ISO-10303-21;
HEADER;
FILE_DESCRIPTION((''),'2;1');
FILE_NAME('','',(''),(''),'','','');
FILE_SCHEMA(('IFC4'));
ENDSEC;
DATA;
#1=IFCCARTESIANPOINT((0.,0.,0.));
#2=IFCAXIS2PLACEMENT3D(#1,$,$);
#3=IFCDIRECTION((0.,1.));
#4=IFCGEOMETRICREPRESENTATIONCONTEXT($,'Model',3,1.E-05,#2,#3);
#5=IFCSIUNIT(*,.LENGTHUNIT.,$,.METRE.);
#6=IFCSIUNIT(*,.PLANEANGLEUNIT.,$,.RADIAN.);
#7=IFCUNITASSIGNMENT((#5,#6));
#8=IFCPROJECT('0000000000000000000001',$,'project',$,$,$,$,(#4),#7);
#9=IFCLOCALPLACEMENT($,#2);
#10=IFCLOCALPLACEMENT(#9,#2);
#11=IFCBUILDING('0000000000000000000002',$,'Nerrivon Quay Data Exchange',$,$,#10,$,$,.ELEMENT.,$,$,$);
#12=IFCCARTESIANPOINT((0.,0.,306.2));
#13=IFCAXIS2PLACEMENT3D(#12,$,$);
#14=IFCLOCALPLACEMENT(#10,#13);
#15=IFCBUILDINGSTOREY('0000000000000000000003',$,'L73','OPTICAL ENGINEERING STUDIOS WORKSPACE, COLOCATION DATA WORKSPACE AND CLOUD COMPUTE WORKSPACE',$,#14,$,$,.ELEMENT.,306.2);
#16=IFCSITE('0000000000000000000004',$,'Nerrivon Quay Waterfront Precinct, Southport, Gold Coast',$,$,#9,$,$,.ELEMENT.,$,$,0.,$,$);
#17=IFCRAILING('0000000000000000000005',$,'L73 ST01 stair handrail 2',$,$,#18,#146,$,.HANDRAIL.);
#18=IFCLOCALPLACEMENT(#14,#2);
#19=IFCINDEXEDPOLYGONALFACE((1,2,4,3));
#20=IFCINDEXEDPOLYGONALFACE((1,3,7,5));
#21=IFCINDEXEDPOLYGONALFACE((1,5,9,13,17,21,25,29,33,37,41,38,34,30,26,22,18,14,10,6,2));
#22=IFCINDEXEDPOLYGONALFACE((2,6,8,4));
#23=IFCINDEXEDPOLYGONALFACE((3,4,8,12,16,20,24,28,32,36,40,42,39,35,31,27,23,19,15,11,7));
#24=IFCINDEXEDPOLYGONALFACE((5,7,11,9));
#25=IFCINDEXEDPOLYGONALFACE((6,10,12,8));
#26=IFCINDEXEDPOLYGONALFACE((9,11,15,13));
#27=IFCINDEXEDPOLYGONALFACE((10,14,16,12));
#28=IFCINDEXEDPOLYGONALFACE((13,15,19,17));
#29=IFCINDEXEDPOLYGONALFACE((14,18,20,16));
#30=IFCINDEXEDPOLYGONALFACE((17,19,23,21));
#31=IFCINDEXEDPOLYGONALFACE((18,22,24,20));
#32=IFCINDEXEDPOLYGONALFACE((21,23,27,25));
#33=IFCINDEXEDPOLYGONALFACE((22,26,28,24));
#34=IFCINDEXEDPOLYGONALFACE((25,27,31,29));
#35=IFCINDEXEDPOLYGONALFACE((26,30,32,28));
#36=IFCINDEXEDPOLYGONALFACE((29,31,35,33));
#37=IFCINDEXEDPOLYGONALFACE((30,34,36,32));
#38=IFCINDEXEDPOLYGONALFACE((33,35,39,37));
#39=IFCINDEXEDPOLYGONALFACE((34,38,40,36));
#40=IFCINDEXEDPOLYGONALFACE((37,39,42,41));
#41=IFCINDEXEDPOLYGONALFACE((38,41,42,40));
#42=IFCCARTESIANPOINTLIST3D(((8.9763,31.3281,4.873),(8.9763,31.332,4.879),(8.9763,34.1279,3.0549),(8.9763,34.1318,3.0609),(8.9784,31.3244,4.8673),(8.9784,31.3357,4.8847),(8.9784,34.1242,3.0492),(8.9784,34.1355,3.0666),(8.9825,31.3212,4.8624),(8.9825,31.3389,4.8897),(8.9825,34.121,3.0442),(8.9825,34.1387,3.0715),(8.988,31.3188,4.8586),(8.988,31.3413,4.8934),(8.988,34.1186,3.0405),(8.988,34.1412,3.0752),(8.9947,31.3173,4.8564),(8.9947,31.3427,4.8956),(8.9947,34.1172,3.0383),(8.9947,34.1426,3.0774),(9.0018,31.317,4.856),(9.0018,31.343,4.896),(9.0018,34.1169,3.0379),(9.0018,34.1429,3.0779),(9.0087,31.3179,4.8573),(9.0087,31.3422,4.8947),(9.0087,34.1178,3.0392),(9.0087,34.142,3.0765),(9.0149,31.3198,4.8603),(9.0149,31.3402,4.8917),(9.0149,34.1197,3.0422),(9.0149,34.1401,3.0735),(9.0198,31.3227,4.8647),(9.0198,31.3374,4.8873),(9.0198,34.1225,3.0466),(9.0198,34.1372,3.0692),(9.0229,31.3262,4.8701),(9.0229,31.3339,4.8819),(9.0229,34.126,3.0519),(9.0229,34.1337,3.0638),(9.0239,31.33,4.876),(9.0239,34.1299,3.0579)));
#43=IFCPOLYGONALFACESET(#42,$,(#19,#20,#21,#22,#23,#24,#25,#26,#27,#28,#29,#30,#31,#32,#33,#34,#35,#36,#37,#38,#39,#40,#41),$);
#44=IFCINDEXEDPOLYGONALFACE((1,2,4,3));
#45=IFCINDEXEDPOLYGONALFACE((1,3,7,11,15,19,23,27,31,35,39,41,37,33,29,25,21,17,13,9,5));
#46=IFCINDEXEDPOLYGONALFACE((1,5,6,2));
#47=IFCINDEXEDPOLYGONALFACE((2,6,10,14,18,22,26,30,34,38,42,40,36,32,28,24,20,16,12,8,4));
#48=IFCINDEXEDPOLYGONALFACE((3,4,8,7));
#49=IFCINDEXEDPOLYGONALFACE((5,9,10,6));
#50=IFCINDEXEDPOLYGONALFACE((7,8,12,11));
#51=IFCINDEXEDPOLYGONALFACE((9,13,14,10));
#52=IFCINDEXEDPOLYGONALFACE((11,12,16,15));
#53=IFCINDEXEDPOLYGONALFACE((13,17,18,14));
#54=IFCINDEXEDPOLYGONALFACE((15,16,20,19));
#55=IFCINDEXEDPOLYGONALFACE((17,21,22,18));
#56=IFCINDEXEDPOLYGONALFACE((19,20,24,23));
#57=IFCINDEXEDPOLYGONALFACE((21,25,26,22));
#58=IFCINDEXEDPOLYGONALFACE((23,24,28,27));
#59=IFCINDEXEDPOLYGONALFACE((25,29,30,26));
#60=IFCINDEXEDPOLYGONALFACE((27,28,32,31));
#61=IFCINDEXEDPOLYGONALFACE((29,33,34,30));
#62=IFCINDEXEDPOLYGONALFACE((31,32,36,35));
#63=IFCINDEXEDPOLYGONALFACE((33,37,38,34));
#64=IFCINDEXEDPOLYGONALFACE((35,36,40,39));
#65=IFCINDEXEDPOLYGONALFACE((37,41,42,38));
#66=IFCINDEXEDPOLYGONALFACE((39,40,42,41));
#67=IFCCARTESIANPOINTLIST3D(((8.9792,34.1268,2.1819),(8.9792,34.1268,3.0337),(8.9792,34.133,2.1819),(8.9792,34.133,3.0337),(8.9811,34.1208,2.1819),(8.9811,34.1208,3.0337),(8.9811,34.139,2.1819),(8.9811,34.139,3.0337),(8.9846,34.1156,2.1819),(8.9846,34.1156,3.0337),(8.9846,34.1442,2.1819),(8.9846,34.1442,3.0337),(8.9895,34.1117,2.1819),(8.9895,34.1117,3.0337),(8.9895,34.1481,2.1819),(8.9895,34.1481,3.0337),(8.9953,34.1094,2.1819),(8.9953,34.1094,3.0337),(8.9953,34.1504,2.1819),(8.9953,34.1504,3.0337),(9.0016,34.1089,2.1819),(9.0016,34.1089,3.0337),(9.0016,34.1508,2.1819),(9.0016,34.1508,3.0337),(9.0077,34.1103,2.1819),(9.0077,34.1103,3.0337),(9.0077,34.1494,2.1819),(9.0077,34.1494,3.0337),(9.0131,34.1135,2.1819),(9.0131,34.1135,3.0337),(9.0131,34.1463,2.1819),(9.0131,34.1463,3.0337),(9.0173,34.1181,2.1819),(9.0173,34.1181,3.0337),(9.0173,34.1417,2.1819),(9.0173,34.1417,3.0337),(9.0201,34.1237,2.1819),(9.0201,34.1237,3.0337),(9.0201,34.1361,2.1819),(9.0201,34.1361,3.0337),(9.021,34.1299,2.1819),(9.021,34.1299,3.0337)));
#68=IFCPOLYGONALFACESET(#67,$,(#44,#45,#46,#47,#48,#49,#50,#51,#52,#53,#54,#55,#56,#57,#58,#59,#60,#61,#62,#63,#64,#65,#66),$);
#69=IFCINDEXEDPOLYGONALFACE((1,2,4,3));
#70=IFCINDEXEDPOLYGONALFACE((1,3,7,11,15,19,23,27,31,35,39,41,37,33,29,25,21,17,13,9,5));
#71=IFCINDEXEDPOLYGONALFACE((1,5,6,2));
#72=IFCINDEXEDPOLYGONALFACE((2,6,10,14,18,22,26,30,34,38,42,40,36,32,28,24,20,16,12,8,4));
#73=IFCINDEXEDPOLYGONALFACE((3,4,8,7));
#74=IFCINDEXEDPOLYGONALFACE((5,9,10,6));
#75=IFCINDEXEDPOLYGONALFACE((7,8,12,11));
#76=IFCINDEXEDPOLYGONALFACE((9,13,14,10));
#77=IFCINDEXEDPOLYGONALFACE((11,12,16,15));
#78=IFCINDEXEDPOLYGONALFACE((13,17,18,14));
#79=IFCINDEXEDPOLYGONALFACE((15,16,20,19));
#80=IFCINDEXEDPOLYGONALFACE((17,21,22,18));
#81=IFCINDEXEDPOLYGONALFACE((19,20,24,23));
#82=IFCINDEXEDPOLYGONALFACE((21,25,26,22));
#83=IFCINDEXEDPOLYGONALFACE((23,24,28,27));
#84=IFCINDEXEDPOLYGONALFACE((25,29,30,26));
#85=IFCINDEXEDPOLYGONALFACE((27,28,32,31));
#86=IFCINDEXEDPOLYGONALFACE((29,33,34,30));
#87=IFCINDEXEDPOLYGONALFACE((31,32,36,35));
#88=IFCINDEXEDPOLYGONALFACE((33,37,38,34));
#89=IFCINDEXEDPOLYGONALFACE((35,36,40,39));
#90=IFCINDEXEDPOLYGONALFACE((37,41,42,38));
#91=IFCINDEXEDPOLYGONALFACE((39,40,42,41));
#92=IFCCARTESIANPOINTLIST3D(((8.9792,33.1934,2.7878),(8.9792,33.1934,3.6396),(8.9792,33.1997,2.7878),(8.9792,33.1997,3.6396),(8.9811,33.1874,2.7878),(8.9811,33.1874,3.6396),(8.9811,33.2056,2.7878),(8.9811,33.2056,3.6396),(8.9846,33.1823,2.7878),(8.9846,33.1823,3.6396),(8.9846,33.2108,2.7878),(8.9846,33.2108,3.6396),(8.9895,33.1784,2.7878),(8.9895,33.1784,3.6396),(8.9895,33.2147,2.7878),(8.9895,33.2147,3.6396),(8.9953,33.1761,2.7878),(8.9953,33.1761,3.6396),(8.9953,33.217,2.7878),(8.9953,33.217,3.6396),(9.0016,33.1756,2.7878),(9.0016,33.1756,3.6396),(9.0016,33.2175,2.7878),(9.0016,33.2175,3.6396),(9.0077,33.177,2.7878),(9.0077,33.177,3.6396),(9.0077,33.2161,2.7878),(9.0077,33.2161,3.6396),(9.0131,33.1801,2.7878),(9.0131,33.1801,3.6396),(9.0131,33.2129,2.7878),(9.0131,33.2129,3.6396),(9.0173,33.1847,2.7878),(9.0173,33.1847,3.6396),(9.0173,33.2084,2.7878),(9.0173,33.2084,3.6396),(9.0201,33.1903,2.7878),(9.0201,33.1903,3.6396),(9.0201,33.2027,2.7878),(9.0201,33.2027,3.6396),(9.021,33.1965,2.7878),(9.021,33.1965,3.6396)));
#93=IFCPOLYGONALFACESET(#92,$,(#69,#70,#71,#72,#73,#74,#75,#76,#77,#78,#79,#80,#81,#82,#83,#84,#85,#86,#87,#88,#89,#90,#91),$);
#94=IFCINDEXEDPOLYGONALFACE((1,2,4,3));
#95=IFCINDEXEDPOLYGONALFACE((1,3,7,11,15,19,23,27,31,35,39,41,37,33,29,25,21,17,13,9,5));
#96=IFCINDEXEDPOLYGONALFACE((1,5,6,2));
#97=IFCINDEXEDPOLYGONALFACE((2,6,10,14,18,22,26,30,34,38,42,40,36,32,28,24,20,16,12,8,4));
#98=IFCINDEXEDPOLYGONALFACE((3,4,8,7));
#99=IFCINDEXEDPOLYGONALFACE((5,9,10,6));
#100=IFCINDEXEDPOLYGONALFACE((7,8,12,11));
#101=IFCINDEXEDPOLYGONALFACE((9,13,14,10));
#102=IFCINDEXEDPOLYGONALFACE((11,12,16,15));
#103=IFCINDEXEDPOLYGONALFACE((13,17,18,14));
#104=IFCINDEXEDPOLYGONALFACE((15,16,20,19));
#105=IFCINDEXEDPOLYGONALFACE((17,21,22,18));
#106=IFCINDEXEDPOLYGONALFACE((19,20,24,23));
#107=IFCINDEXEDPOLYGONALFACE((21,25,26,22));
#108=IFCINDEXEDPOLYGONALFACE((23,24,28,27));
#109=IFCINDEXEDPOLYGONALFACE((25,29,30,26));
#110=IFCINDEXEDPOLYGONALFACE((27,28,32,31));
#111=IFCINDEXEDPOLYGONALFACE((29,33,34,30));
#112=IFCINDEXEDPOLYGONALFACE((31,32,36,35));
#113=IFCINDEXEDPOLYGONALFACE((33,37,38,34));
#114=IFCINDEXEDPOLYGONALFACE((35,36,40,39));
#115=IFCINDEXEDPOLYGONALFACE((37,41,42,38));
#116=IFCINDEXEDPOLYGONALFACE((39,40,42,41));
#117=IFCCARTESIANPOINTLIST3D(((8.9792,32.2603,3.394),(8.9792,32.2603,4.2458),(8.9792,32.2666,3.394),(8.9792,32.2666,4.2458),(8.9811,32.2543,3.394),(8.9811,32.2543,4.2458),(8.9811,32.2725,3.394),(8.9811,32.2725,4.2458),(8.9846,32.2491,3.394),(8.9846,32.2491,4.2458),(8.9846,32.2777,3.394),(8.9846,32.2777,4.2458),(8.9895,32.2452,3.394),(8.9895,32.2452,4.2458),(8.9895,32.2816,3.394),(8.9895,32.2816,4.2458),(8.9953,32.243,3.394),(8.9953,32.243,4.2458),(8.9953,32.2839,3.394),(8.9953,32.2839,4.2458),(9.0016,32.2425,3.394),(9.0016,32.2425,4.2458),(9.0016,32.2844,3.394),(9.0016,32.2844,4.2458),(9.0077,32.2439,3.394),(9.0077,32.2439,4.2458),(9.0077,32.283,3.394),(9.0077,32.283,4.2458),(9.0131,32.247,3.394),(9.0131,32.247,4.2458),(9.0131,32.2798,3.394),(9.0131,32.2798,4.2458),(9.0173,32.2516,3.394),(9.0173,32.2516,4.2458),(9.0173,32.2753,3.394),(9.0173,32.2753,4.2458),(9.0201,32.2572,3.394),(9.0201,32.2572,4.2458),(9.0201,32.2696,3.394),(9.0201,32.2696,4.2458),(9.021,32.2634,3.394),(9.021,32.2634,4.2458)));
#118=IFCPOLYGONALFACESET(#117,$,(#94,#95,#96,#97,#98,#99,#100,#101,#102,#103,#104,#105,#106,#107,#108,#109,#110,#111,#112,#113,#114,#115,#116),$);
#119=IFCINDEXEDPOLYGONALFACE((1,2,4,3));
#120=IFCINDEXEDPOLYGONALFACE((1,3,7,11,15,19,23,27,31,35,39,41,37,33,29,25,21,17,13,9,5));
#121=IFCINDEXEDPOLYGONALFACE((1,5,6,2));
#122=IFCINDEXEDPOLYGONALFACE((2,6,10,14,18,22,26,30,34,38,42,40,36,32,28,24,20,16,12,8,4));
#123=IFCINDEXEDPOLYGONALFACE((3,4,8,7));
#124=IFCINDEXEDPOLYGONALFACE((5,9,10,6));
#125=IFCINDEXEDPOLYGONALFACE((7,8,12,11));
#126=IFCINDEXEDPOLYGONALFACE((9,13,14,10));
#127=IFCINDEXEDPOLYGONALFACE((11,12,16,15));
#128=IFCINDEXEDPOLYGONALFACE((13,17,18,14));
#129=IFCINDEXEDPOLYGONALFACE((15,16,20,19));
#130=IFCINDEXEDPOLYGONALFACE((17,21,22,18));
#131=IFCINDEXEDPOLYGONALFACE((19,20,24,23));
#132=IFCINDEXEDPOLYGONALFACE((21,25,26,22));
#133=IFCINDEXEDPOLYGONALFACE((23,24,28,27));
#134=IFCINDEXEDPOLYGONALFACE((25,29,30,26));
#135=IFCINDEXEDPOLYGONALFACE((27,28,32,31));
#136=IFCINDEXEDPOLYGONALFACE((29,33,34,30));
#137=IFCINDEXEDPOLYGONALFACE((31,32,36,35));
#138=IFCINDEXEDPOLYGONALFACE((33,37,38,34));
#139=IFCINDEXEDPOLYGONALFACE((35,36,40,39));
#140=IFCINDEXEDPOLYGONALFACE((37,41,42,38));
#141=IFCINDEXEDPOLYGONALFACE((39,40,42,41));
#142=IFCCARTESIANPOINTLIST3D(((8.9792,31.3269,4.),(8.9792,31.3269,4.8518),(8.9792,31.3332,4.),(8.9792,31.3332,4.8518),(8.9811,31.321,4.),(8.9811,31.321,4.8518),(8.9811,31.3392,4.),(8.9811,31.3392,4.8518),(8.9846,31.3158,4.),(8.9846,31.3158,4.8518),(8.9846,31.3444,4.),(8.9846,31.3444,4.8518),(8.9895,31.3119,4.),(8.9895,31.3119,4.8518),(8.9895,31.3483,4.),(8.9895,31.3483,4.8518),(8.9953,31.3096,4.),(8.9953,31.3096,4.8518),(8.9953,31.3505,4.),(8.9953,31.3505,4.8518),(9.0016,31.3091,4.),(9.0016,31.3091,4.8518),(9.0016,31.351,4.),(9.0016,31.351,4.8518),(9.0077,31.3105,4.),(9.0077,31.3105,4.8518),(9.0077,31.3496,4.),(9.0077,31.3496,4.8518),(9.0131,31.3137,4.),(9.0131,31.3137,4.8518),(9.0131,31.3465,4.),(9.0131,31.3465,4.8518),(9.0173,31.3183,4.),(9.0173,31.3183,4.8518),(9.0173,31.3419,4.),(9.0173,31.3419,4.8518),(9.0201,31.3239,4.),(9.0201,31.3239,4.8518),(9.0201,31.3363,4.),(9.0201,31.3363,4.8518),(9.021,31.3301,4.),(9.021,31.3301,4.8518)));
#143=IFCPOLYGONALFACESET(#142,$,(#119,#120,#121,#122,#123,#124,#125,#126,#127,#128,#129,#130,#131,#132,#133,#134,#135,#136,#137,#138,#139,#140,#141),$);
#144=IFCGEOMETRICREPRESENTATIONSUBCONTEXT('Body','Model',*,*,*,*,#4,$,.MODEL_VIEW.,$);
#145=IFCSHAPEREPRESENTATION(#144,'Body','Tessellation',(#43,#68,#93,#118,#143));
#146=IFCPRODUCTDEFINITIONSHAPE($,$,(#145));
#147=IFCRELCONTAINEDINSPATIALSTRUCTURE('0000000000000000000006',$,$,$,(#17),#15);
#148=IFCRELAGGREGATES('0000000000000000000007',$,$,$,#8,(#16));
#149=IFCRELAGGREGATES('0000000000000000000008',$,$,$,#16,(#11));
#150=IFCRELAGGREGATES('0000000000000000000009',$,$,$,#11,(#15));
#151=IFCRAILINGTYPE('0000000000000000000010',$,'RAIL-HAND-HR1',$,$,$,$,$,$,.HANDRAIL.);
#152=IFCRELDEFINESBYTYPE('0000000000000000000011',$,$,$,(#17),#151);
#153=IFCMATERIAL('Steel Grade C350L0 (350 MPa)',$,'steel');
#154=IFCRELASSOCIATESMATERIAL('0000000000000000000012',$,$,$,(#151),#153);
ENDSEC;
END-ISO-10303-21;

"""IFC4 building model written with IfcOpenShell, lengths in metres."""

from ifc_helpers import new_model, si_unit, direction, frame, origin, origin_2d, place, context, subcontext, project, spatial, circle, extrude, material, type_object, element, save


model = new_model("IFC4")

# Units and contexts
model_context = context("Model", 3, precision=1e-05, world=origin(), true_north=direction((0.0, 1.0)))
body_context = subcontext(model_context, "Body", "Model", "MODEL_VIEW")
ifc_project = project(units=[si_unit("LENGTHUNIT", "METRE"), si_unit("PLANEANGLEUNIT", "RADIAN")], contexts=[model_context])

# Site, building, storey
site_placement = place(None, origin())
site = spatial("IfcSite", under=ifc_project, at=site_placement, Name="Nerrivon Quay Waterfront Precinct, Southport, Gold Coast", CompositionType="ELEMENT", RefElevation=0.0)
building_placement = place(site_placement, origin())
building = spatial("IfcBuilding", under=site, at=building_placement, Name="Nerrivon Quay Data Exchange", CompositionType="ELEMENT")
storey_placement = place(building_placement, frame((0.0, 0.0, 306.2)))
storey = spatial("IfcBuildingStorey", under=building, at=storey_placement, Name="L73", Description="OPTICAL ENGINEERING STUDIOS WORKSPACE, COLOCATION DATA WORKSPACE AND CLOUD COMPUTE WORKSPACE", CompositionType="ELEMENT", Elevation=306.2)

# Shared definitions
ifc_material_1 = material(Name="Steel Grade C350L0 (350 MPa)", Category="steel")

# Railing
railing_type_1 = type_object("IfcRailingType", Name="RAIL-HAND-HR1", PredefinedType="HANDRAIL", material=ifc_material_1)
railing_1_placement = place(storey_placement, frame((9.0, 34.1299, 2.1819)))
element("IfcRailing", 1, at=railing_1_placement, inside=storey, type_object=railing_type_1, Name="L73 ST01 stair handrail 2", PredefinedType="HANDRAIL", context=body_context, shape_type="SweptSolid", body=[
    extrude(circle(Radius=0.0239, at=origin_2d()), frame((0.0, 0.0, 0.876), z_axis=(0.0, -0.838684, 0.544618), x_axis=(1.0, 0.0, 0.0)), (0.0, 0.0, 1.0), 3.3384),
    extrude(circle(Radius=0.021, at=origin_2d()), origin(), (0.0, 0.0, 1.0), 0.8518),
    extrude(circle(Radius=0.021, at=origin_2d()), frame((0.0, -0.9333, 0.606)), (0.0, 0.0, 1.0), 0.8518),
    extrude(circle(Radius=0.021, at=origin_2d()), frame((0.0, -1.8665, 1.2122)), (0.0, 0.0, 1.0), 0.8518),
    extrude(circle(Radius=0.021, at=origin_2d()), frame((0.0, -2.7998, 1.8181)), (0.0, 0.0, 1.0), 0.8518),
])

save(model, "model.ifc")
